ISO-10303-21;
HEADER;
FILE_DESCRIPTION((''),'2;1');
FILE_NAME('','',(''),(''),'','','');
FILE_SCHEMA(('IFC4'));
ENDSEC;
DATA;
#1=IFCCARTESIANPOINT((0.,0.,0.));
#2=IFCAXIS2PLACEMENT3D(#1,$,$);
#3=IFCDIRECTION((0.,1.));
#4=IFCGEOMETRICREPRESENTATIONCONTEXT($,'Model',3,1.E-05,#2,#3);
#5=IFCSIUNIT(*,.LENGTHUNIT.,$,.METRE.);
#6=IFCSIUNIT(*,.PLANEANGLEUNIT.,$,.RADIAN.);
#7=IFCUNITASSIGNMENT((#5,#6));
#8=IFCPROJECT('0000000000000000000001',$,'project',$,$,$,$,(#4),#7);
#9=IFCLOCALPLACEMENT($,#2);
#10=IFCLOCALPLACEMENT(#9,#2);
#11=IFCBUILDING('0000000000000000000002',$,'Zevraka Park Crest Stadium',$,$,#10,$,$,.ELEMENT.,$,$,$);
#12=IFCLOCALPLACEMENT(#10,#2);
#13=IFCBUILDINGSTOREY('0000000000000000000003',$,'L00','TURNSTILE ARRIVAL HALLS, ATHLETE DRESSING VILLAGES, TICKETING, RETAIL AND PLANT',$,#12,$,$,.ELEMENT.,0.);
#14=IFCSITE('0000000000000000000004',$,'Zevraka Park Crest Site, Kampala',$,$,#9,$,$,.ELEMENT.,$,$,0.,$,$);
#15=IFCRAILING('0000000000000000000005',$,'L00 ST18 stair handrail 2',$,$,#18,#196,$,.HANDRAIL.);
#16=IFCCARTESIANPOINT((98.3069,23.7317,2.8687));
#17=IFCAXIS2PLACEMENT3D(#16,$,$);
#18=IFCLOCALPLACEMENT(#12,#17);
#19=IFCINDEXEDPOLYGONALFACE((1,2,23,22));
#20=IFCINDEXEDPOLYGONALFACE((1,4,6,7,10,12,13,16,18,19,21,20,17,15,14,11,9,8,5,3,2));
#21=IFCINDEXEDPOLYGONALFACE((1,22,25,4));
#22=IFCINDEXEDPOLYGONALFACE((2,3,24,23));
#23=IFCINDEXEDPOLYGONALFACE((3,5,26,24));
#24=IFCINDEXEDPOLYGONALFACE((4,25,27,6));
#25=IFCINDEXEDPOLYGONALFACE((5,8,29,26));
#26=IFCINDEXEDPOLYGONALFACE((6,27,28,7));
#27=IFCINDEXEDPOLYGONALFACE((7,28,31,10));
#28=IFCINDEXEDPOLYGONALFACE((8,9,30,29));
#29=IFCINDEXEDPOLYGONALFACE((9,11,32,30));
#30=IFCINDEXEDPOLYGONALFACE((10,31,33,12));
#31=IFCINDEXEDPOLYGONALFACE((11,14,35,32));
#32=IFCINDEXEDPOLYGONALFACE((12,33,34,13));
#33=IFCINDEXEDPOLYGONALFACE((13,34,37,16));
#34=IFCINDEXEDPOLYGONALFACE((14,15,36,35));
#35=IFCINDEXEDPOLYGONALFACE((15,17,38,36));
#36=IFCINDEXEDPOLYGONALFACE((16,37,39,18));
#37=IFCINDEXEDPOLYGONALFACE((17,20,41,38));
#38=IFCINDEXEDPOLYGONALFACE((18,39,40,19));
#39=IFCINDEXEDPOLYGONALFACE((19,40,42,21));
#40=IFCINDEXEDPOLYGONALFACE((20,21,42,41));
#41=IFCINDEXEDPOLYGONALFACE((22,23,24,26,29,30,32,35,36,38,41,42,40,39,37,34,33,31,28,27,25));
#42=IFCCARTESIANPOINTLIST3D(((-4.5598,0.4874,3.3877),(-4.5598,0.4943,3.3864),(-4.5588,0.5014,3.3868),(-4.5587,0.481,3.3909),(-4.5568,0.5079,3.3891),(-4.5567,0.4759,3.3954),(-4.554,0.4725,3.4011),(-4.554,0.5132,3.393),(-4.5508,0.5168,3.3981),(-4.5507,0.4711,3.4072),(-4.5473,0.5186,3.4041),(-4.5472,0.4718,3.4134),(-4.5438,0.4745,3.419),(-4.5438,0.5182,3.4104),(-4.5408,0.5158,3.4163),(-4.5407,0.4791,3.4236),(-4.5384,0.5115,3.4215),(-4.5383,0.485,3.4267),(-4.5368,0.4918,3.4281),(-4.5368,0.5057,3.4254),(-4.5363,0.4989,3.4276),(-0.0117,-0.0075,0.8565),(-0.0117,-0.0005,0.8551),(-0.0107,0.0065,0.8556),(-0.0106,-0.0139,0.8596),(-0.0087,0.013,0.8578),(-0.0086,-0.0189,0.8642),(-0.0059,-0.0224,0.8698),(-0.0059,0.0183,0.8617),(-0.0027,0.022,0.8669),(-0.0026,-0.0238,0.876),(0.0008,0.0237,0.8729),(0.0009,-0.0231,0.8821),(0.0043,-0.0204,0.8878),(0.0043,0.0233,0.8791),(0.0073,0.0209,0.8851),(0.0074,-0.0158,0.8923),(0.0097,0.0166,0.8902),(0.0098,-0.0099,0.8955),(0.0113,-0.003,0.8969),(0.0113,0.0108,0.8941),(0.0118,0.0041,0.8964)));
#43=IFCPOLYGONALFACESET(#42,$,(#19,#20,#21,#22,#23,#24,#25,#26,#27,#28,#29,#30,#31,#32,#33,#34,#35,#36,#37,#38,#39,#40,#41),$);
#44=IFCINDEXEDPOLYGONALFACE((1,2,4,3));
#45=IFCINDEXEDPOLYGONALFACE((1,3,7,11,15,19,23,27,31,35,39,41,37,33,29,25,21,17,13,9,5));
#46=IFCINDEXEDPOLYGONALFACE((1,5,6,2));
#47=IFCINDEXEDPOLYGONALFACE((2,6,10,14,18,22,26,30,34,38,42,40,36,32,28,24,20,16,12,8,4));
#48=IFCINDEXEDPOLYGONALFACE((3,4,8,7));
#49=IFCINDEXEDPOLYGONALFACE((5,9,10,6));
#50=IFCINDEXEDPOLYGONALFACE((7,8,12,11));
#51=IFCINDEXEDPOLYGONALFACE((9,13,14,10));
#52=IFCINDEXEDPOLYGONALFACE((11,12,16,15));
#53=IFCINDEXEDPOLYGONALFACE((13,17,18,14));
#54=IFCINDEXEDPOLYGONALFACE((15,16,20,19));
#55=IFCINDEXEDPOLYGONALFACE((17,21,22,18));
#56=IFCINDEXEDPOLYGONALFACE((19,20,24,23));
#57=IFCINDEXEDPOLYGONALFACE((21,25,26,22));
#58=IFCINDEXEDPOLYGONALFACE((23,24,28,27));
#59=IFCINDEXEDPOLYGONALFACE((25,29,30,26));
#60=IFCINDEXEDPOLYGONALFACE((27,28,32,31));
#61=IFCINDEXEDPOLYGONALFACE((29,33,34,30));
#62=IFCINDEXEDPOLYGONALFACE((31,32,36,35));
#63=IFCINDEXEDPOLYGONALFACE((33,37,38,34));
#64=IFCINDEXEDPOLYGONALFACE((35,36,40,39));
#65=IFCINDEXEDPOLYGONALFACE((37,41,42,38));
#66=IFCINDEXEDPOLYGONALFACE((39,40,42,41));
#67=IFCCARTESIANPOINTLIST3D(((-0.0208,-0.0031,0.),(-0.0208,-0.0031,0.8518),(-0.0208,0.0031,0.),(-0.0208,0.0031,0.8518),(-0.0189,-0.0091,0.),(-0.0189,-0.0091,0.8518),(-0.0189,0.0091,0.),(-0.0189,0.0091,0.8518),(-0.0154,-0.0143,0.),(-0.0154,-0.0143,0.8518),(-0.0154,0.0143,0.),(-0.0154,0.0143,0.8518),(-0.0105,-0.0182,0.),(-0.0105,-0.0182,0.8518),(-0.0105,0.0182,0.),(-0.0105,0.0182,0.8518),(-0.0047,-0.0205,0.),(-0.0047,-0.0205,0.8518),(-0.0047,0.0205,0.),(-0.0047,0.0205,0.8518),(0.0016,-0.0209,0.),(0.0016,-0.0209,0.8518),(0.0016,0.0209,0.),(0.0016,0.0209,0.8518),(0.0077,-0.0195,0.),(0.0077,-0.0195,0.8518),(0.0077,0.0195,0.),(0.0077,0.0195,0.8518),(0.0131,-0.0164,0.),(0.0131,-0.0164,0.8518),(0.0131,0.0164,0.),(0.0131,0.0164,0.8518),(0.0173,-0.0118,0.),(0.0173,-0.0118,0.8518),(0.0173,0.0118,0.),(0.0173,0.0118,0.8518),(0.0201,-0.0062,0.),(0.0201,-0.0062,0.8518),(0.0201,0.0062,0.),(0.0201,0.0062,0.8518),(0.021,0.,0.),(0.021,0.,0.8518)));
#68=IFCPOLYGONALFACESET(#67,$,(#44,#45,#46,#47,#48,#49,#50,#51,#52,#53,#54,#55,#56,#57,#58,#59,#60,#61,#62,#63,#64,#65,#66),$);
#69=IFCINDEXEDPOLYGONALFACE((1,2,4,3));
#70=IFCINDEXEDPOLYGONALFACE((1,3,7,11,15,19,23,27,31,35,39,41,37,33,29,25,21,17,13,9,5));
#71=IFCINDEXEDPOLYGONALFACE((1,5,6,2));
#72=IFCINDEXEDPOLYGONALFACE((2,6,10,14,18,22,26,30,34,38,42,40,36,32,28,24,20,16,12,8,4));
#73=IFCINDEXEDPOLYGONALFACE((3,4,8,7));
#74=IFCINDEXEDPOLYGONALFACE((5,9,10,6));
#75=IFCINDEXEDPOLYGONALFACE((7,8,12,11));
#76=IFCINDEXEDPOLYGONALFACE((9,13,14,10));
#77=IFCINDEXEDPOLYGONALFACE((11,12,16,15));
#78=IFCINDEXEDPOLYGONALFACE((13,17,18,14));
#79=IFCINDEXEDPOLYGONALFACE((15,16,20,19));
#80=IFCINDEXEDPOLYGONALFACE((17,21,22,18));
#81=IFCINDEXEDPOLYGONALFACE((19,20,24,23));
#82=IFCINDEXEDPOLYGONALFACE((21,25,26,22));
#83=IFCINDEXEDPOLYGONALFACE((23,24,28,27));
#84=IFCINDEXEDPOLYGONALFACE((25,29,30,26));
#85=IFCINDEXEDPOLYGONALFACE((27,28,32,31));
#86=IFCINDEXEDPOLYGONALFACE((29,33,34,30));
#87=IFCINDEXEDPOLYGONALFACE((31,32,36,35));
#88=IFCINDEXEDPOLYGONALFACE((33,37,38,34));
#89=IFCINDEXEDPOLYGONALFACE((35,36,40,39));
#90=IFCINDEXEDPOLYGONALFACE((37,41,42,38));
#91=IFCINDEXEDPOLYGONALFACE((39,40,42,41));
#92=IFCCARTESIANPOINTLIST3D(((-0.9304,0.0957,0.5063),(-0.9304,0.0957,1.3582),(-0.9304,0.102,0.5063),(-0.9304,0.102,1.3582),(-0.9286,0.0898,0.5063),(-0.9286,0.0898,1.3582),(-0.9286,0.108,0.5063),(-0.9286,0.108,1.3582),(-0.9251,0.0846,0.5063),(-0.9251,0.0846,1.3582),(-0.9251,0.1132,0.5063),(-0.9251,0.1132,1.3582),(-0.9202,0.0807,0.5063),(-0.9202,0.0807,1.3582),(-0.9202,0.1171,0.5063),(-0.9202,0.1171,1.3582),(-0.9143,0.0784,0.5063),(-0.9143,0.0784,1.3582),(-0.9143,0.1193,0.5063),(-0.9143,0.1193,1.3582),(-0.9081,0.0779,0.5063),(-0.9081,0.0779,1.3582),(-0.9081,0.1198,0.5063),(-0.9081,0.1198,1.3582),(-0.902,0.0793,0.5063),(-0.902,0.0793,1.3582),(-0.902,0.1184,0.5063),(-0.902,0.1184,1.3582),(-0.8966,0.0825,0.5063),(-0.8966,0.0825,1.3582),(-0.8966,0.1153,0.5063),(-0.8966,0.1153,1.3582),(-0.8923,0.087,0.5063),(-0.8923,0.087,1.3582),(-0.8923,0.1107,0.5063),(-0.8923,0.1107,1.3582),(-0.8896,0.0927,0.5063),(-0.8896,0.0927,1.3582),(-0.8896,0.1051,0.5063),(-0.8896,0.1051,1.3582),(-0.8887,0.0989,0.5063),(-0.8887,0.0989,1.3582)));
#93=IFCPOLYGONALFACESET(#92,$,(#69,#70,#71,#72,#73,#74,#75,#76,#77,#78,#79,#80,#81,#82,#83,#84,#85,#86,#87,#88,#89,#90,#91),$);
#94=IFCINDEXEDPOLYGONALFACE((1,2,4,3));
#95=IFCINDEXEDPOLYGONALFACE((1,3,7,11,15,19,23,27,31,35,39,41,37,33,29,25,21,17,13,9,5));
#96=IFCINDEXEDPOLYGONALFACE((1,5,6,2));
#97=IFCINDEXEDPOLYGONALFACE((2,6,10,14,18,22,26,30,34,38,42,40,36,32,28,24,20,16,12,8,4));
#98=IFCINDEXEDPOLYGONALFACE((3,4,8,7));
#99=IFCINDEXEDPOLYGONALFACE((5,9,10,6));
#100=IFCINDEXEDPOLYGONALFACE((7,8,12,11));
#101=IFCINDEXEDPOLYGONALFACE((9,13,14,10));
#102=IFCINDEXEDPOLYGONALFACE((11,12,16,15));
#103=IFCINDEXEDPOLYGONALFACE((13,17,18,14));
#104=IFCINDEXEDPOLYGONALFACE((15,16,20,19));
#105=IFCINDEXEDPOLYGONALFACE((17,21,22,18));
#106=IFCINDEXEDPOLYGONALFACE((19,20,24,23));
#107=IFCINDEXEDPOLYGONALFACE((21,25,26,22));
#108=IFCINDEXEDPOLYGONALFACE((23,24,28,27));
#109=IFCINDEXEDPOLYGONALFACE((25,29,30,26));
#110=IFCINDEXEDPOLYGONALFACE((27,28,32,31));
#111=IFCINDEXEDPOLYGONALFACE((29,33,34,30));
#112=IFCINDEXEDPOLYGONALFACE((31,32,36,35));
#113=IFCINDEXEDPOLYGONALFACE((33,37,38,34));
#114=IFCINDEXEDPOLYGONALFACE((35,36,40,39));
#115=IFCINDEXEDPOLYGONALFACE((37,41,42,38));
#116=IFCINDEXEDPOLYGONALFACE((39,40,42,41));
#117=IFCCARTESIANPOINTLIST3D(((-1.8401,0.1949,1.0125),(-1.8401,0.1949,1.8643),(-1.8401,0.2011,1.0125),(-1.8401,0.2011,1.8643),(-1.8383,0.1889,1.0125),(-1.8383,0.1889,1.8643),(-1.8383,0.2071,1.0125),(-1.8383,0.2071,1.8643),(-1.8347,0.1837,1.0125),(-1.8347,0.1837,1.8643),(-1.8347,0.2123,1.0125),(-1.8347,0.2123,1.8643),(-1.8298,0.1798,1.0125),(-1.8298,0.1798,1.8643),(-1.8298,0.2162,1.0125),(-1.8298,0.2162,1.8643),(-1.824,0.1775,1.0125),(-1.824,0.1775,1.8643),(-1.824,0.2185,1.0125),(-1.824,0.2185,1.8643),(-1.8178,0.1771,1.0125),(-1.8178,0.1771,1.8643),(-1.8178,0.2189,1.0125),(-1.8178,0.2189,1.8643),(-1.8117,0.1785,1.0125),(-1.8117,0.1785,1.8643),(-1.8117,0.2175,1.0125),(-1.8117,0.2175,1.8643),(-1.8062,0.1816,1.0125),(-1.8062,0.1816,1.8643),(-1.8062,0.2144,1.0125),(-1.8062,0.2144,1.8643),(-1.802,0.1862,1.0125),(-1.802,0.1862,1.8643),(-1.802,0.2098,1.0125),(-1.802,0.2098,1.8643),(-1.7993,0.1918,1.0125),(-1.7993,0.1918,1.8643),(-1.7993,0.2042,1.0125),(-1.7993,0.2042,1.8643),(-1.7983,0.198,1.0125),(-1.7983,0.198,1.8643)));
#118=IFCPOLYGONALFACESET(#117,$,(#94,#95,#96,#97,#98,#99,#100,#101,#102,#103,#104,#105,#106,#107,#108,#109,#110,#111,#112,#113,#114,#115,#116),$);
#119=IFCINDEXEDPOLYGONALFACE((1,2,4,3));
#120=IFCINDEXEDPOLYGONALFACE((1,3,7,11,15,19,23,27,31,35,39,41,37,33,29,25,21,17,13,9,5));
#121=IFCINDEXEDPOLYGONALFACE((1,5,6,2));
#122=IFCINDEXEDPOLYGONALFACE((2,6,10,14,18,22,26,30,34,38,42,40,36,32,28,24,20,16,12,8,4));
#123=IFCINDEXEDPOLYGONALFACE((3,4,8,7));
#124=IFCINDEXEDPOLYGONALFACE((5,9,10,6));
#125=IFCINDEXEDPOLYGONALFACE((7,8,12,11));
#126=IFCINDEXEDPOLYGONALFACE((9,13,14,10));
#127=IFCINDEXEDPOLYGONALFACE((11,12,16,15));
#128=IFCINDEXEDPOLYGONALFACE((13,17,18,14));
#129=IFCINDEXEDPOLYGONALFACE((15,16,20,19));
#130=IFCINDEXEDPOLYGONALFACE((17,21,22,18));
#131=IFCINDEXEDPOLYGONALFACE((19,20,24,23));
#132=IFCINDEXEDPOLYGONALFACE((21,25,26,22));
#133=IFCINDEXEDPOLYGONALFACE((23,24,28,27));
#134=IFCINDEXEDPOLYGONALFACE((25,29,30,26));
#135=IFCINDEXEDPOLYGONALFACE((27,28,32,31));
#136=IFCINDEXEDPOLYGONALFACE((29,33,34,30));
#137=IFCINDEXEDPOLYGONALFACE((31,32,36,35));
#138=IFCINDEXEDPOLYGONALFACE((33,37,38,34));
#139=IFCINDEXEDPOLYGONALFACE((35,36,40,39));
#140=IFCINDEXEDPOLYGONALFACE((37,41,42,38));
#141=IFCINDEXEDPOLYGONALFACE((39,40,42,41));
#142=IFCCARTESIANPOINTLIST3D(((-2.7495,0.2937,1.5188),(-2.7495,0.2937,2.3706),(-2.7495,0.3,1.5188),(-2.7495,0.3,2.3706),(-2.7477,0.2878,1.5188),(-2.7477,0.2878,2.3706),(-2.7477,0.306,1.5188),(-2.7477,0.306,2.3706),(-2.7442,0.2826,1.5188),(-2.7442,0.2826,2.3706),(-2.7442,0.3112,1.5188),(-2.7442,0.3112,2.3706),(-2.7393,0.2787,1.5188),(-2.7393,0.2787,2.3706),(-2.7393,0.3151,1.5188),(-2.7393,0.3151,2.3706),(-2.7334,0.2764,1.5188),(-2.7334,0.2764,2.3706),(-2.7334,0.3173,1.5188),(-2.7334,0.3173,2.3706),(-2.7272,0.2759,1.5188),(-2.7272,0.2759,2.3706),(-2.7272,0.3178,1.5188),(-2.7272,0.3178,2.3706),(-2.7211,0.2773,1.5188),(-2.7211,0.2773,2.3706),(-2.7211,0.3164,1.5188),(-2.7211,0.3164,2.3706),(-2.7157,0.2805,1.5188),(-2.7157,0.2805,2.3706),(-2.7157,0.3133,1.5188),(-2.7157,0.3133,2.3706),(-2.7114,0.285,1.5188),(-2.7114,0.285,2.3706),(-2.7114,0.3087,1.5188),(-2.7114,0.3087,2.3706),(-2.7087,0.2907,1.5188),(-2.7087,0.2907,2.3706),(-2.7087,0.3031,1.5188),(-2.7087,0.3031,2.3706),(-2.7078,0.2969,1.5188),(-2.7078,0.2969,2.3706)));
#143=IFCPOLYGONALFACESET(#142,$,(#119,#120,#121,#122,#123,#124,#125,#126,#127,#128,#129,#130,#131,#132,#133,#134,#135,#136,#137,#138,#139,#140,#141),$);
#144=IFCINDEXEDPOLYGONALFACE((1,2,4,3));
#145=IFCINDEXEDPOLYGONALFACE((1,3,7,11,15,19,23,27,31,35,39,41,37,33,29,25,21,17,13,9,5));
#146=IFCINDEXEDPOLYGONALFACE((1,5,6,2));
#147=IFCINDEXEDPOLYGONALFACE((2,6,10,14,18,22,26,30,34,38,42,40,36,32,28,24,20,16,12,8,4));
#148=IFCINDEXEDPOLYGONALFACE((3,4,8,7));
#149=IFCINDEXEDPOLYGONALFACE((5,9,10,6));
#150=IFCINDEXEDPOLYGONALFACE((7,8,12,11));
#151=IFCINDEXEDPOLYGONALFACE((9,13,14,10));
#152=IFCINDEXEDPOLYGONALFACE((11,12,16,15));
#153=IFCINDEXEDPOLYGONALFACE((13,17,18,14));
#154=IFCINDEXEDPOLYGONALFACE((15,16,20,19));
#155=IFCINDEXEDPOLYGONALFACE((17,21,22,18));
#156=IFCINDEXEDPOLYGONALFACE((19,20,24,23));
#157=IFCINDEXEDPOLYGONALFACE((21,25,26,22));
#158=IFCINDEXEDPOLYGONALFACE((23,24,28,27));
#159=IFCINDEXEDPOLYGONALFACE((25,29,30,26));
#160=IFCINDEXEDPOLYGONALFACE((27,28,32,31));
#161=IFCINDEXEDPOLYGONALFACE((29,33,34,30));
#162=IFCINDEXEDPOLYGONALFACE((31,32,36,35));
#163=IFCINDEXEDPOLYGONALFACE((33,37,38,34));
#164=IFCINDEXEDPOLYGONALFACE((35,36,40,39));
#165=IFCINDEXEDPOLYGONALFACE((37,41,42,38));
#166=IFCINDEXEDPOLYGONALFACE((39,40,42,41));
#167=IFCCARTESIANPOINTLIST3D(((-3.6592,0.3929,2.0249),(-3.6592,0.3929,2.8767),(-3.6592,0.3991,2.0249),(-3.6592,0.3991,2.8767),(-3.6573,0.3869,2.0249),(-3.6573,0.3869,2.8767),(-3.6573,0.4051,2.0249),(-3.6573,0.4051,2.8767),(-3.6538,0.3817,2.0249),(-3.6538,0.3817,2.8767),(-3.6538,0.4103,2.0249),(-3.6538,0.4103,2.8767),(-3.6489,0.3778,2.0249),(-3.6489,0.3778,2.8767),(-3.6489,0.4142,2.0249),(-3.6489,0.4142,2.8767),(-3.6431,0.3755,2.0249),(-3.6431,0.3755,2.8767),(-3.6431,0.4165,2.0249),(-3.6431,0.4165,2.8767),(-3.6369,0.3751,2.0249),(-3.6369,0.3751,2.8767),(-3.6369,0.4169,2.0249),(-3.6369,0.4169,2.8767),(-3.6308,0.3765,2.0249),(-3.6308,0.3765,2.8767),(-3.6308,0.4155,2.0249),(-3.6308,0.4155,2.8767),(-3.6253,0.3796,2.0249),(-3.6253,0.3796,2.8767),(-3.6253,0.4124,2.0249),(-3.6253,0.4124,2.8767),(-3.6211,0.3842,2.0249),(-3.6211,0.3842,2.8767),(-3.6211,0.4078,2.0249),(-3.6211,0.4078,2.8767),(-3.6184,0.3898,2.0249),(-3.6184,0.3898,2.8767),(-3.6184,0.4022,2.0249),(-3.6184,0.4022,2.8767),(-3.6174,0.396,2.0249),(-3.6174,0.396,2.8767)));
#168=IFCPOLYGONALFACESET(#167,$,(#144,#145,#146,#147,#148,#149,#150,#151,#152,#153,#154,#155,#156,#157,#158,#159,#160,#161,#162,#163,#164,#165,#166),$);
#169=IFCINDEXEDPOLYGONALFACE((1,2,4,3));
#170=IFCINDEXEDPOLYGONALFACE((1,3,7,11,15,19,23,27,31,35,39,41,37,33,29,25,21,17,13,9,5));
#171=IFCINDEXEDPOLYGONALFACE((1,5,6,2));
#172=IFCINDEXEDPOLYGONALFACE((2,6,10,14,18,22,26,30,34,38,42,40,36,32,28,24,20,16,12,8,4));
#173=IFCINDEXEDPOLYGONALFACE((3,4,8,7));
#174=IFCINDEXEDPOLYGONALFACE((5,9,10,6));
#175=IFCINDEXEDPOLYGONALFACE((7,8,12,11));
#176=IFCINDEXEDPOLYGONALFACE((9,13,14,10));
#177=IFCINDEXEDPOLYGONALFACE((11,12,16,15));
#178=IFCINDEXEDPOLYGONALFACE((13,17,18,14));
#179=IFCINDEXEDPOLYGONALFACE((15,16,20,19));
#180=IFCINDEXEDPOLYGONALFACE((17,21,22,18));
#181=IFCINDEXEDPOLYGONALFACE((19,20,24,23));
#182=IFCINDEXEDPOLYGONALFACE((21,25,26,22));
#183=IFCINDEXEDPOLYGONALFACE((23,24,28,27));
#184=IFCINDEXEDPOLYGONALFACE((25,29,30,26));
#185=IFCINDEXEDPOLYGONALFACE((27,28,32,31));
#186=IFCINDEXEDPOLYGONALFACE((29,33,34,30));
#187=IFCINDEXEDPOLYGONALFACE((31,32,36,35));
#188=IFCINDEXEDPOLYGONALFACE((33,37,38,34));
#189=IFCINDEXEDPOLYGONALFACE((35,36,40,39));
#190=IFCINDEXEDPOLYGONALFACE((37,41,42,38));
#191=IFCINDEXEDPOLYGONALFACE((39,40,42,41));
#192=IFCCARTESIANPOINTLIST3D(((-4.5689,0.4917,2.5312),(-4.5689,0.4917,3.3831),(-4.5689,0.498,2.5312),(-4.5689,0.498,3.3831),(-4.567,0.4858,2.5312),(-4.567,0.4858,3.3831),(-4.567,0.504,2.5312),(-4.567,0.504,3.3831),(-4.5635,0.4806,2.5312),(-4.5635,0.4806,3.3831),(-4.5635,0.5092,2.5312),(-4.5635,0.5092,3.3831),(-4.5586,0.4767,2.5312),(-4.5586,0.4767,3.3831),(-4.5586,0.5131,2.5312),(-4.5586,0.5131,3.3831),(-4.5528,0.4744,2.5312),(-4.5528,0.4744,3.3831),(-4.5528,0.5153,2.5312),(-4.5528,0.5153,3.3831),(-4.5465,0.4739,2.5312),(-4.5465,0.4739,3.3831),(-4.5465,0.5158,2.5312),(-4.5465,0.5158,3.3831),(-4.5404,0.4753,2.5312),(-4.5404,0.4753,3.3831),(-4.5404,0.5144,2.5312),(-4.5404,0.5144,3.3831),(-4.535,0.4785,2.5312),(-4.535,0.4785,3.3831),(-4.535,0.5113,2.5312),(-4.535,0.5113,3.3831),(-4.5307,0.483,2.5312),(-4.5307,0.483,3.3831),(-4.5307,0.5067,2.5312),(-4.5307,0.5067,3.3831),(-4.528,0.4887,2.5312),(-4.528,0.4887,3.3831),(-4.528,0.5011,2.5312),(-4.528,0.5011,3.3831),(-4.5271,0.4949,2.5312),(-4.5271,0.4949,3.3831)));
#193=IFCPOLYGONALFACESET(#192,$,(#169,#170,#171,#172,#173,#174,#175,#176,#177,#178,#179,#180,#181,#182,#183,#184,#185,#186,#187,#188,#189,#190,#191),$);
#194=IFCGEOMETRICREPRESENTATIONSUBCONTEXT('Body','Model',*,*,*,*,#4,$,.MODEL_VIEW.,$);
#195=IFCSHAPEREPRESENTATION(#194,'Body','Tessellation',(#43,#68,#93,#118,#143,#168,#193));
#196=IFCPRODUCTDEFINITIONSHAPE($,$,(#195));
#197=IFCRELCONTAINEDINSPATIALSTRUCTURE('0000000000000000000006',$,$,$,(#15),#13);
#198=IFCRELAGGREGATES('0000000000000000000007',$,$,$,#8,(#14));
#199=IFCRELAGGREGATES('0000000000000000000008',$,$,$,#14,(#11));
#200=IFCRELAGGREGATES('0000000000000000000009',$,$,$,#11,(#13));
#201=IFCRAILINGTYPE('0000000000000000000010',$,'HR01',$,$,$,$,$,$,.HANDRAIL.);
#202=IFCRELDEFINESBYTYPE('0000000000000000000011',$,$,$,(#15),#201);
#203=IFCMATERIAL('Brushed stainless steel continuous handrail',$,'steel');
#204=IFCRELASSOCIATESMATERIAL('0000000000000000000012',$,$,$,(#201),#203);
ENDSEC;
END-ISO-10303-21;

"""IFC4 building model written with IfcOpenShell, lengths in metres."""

from ifc_helpers import new_model, si_unit, direction, frame, origin, origin_2d, place, context, subcontext, project, spatial, circle, extrude, material, type_object, element, save


model = new_model("IFC4")

# Units and contexts
model_context = context("Model", 3, precision=1e-05, world=origin(), true_north=direction((0.0, 1.0)))
body_context = subcontext(model_context, "Body", "Model", "MODEL_VIEW")
ifc_project = project(units=[si_unit("LENGTHUNIT", "METRE"), si_unit("PLANEANGLEUNIT", "RADIAN")], contexts=[model_context])

# Site, building, storey
site_placement = place(None, origin())
site = spatial("IfcSite", under=ifc_project, at=site_placement, Name="Zevraka Park Crest Site, Kampala", CompositionType="ELEMENT", RefElevation=0.0)
building_placement = place(site_placement, origin())
building = spatial("IfcBuilding", under=site, at=building_placement, Name="Zevraka Park Crest Stadium", CompositionType="ELEMENT")
storey_placement = place(building_placement, origin())
storey = spatial("IfcBuildingStorey", under=building, at=storey_placement, Name="L00", Description="TURNSTILE ARRIVAL HALLS, ATHLETE DRESSING VILLAGES, TICKETING, RETAIL AND PLANT", CompositionType="ELEMENT", Elevation=0.0)

# Railing
ifc_material_1 = material(Name="Brushed stainless steel continuous handrail", Category="steel")
railing_type_1 = type_object("IfcRailingType", Name="HR01", PredefinedType="HANDRAIL", material=ifc_material_1)
railing_1_placement = place(storey_placement, frame((98.3069, 23.7317, 2.8687)))
element("IfcRailing", 1, at=railing_1_placement, inside=storey, type_object=railing_type_1, Name="L00 ST18 stair handrail 2", PredefinedType="HANDRAIL", context=body_context, shape_type="SweptSolid", body=[
    extrude(circle(Radius=0.0239, at=origin_2d()), frame((0.0, 0.0, 0.876), z_axis=(-0.869865, 0.094649, 0.484125), x_axis=(-0.10817, -0.994132, 0.0)), (0.0, 0.0, 1.0), 5.2285),
    extrude(circle(Radius=0.021, at=origin_2d()), origin(), (0.0, 0.0, 1.0), 0.8518),
    extrude(circle(Radius=0.021, at=origin_2d()), frame((-0.9097, 0.0989, 0.5063)), (0.0, 0.0, 1.0), 0.8518),
    extrude(circle(Radius=0.021, at=origin_2d()), frame((-1.8193, 0.198, 1.0125)), (0.0, 0.0, 1.0), 0.8518),
    extrude(circle(Radius=0.021, at=origin_2d()), frame((-2.7288, 0.2969, 1.5188)), (0.0, 0.0, 1.0), 0.8518),
    extrude(circle(Radius=0.021, at=origin_2d()), frame((-3.6384, 0.396, 2.0249)), (0.0, 0.0, 1.0), 0.8518),
    extrude(circle(Radius=0.021, at=origin_2d()), frame((-4.5481, 0.4949, 2.5312)), (0.0, 0.0, 1.0), 0.8518),
])

save(model, "model.ifc")
